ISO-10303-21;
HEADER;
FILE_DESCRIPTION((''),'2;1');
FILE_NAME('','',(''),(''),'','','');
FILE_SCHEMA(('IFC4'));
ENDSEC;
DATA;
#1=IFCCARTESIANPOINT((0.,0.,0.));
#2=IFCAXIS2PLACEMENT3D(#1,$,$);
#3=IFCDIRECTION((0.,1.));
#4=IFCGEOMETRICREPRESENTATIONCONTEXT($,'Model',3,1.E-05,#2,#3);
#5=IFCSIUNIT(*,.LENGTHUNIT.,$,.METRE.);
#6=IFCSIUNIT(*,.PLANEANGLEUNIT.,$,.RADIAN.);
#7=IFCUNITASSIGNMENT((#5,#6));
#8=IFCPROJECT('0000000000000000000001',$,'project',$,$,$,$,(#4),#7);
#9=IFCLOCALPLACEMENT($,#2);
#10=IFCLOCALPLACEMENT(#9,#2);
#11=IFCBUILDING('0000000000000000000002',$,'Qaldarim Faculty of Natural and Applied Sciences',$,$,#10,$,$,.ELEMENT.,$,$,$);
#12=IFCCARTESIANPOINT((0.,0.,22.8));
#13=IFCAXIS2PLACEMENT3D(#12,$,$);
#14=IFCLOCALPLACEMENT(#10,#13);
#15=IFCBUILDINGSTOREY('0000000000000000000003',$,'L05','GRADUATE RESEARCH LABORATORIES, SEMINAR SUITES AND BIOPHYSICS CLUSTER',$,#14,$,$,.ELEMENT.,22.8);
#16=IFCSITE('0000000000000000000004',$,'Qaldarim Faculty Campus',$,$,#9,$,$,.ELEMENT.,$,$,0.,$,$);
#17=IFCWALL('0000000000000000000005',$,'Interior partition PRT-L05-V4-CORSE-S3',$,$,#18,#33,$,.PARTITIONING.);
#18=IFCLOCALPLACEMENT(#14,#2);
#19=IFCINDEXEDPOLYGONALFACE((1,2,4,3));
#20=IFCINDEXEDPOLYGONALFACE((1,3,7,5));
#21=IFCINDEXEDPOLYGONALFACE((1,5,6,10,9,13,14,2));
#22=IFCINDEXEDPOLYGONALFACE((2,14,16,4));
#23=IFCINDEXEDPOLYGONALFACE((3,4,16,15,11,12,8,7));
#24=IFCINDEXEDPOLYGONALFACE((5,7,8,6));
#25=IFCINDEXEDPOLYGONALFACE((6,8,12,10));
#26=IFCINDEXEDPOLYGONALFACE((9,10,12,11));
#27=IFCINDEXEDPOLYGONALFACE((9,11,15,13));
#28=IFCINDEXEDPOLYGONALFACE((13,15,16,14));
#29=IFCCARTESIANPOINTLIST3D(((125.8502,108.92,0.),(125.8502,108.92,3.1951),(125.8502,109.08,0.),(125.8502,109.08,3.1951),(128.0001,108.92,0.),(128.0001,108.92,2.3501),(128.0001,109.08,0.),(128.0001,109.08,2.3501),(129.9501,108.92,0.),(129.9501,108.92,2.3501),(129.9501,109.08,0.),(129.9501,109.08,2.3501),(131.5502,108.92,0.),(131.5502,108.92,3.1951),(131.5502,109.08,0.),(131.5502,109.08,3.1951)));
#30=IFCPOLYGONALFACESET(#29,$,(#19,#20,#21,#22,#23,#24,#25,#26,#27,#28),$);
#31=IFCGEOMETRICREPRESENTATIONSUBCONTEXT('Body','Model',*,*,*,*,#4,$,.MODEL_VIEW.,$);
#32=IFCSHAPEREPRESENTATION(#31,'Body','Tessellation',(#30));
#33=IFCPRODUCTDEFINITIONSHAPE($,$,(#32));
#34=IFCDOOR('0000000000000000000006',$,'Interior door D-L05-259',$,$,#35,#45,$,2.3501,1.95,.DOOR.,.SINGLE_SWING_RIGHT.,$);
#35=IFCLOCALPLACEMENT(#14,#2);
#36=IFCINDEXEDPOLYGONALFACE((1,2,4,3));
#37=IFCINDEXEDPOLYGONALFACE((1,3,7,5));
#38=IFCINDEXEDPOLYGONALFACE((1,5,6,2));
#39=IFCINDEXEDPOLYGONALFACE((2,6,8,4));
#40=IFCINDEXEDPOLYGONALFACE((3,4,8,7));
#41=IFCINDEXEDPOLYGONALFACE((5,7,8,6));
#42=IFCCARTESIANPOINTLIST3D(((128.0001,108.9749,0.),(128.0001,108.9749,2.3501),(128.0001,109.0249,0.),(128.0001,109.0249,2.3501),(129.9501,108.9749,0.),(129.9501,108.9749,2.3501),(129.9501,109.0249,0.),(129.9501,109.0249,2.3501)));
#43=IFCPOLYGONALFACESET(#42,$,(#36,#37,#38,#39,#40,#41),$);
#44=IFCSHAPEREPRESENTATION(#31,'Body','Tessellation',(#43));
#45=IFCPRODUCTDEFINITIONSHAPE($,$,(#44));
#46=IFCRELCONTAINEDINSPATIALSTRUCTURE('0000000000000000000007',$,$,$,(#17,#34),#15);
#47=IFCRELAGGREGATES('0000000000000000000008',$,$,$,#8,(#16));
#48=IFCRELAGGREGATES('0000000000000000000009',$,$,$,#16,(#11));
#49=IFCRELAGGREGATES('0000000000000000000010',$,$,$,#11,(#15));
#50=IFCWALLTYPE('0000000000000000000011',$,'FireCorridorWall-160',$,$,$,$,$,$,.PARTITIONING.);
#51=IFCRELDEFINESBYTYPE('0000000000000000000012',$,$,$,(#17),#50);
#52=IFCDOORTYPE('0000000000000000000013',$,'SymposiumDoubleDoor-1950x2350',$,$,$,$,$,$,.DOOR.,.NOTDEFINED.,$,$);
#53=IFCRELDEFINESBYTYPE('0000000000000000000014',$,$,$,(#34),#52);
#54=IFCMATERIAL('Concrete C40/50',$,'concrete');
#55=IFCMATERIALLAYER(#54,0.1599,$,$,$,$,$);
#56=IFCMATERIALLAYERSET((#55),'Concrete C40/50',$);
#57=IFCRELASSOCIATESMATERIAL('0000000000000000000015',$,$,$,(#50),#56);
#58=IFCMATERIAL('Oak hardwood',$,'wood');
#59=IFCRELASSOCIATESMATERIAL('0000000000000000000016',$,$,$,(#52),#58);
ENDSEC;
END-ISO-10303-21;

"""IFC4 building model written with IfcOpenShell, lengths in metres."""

from ifc_helpers import new_model, si_unit, direction, frame, frame_2d, origin, place, context, subcontext, project, spatial, rectangle, extrude, material, layer, layer_set, type_object, element, fill, save


model = new_model("IFC4")

# Units and contexts
model_context = context("Model", 3, precision=1e-05, world=origin(), true_north=direction((0.0, 1.0)))
body_context = subcontext(model_context, "Body", "Model", "MODEL_VIEW")
ifc_project = project(units=[si_unit("LENGTHUNIT", "METRE"), si_unit("PLANEANGLEUNIT", "RADIAN")], contexts=[model_context])

# Site, building, storey
site_placement = place(None, origin())
site = spatial("IfcSite", under=ifc_project, at=site_placement, Name="Qaldarim Faculty Campus", CompositionType="ELEMENT", RefElevation=0.0)
building_placement = place(site_placement, origin())
building = spatial("IfcBuilding", under=site, at=building_placement, Name="Qaldarim Faculty of Natural and Applied Sciences", CompositionType="ELEMENT")
storey_placement = place(building_placement, frame((0.0, 0.0, 22.8)))
storey = spatial("IfcBuildingStorey", under=building, at=storey_placement, Name="L05", Description="GRADUATE RESEARCH LABORATORIES, SEMINAR SUITES AND BIOPHYSICS CLUSTER", CompositionType="ELEMENT", Elevation=22.8)

# Shared definitions
ifc_material_1 = material(Name="Concrete C40/50", Category="concrete")

# Shared definitions
ifc_layer_1 = layer(ifc_material_1, 0.1599)
ifc_layer_set_1 = layer_set([ifc_layer_1], Name="Concrete C40/50")
wall_type_1 = type_object("IfcWallType", Name="FireCorridorWall-160", PredefinedType="PARTITIONING", material=ifc_layer_set_1)

# Wall, opening, door
wall_1_placement = place(storey_placement, frame((125.8501, 109.0, 0.0), z_axis=(0.0, 0.0, 1.0), x_axis=(1.0, 0.0, 0.0)))
wall_1 = element("IfcWall", 1, at=wall_1_placement, inside=storey, type_object=wall_type_1, Name="Interior partition PRT-L05-V4-CORSE-S3", PredefinedType="PARTITIONING", context=body_context, shape_type="SweptSolid", body=[
    extrude(rectangle(XDim=5.7, YDim=0.1599, at=frame_2d((2.8501, 0.0))), origin(), (0.0, 0.0, 1.0), 3.1951),
])
opening_1_placement = place(wall_1_placement, frame((2.1499, 0.0, 0.0)))
opening_1 = element("IfcOpeningElement", 2, at=opening_1_placement, cuts=wall_1, PredefinedType="OPENING", context=body_context, shape_type="SweptSolid", body=[
    extrude(rectangle(XDim=1.95, YDim=2.3501, at=frame_2d((0.9751, 1.175))), frame((0.0, 0.0898, 0.0), z_axis=(0.0, -1.0, 0.0), x_axis=(1.0, 0.0, 0.0)), (0.0, 0.0, 1.0), 0.1799),
])
ifc_material_2 = material(Name="Oak hardwood", Category="wood")
door_type = type_object("IfcDoorType", Name="SymposiumDoubleDoor-1950x2350", OperationType="NOTDEFINED", PredefinedType="DOOR", material=ifc_material_2)
door_placement = place(opening_1_placement, origin())
door = element("IfcDoor", 3, at=door_placement, inside=storey, type_object=door_type, Name="Interior door D-L05-259", OperationType="SINGLE_SWING_RIGHT", OverallHeight=2.3501, OverallWidth=1.95, PredefinedType="DOOR", context=body_context, shape_type="SweptSolid", body=[
    extrude(rectangle(XDim=1.95, YDim=2.3501, at=frame_2d((0.9751, 1.175))), frame((0.0, 0.0249, 0.0), z_axis=(0.0, -1.0, 0.0), x_axis=(1.0, 0.0, 0.0)), (0.0, 0.0, 1.0), 0.05),
])
fill(opening_1, door)

save(model, "model.ifc")
